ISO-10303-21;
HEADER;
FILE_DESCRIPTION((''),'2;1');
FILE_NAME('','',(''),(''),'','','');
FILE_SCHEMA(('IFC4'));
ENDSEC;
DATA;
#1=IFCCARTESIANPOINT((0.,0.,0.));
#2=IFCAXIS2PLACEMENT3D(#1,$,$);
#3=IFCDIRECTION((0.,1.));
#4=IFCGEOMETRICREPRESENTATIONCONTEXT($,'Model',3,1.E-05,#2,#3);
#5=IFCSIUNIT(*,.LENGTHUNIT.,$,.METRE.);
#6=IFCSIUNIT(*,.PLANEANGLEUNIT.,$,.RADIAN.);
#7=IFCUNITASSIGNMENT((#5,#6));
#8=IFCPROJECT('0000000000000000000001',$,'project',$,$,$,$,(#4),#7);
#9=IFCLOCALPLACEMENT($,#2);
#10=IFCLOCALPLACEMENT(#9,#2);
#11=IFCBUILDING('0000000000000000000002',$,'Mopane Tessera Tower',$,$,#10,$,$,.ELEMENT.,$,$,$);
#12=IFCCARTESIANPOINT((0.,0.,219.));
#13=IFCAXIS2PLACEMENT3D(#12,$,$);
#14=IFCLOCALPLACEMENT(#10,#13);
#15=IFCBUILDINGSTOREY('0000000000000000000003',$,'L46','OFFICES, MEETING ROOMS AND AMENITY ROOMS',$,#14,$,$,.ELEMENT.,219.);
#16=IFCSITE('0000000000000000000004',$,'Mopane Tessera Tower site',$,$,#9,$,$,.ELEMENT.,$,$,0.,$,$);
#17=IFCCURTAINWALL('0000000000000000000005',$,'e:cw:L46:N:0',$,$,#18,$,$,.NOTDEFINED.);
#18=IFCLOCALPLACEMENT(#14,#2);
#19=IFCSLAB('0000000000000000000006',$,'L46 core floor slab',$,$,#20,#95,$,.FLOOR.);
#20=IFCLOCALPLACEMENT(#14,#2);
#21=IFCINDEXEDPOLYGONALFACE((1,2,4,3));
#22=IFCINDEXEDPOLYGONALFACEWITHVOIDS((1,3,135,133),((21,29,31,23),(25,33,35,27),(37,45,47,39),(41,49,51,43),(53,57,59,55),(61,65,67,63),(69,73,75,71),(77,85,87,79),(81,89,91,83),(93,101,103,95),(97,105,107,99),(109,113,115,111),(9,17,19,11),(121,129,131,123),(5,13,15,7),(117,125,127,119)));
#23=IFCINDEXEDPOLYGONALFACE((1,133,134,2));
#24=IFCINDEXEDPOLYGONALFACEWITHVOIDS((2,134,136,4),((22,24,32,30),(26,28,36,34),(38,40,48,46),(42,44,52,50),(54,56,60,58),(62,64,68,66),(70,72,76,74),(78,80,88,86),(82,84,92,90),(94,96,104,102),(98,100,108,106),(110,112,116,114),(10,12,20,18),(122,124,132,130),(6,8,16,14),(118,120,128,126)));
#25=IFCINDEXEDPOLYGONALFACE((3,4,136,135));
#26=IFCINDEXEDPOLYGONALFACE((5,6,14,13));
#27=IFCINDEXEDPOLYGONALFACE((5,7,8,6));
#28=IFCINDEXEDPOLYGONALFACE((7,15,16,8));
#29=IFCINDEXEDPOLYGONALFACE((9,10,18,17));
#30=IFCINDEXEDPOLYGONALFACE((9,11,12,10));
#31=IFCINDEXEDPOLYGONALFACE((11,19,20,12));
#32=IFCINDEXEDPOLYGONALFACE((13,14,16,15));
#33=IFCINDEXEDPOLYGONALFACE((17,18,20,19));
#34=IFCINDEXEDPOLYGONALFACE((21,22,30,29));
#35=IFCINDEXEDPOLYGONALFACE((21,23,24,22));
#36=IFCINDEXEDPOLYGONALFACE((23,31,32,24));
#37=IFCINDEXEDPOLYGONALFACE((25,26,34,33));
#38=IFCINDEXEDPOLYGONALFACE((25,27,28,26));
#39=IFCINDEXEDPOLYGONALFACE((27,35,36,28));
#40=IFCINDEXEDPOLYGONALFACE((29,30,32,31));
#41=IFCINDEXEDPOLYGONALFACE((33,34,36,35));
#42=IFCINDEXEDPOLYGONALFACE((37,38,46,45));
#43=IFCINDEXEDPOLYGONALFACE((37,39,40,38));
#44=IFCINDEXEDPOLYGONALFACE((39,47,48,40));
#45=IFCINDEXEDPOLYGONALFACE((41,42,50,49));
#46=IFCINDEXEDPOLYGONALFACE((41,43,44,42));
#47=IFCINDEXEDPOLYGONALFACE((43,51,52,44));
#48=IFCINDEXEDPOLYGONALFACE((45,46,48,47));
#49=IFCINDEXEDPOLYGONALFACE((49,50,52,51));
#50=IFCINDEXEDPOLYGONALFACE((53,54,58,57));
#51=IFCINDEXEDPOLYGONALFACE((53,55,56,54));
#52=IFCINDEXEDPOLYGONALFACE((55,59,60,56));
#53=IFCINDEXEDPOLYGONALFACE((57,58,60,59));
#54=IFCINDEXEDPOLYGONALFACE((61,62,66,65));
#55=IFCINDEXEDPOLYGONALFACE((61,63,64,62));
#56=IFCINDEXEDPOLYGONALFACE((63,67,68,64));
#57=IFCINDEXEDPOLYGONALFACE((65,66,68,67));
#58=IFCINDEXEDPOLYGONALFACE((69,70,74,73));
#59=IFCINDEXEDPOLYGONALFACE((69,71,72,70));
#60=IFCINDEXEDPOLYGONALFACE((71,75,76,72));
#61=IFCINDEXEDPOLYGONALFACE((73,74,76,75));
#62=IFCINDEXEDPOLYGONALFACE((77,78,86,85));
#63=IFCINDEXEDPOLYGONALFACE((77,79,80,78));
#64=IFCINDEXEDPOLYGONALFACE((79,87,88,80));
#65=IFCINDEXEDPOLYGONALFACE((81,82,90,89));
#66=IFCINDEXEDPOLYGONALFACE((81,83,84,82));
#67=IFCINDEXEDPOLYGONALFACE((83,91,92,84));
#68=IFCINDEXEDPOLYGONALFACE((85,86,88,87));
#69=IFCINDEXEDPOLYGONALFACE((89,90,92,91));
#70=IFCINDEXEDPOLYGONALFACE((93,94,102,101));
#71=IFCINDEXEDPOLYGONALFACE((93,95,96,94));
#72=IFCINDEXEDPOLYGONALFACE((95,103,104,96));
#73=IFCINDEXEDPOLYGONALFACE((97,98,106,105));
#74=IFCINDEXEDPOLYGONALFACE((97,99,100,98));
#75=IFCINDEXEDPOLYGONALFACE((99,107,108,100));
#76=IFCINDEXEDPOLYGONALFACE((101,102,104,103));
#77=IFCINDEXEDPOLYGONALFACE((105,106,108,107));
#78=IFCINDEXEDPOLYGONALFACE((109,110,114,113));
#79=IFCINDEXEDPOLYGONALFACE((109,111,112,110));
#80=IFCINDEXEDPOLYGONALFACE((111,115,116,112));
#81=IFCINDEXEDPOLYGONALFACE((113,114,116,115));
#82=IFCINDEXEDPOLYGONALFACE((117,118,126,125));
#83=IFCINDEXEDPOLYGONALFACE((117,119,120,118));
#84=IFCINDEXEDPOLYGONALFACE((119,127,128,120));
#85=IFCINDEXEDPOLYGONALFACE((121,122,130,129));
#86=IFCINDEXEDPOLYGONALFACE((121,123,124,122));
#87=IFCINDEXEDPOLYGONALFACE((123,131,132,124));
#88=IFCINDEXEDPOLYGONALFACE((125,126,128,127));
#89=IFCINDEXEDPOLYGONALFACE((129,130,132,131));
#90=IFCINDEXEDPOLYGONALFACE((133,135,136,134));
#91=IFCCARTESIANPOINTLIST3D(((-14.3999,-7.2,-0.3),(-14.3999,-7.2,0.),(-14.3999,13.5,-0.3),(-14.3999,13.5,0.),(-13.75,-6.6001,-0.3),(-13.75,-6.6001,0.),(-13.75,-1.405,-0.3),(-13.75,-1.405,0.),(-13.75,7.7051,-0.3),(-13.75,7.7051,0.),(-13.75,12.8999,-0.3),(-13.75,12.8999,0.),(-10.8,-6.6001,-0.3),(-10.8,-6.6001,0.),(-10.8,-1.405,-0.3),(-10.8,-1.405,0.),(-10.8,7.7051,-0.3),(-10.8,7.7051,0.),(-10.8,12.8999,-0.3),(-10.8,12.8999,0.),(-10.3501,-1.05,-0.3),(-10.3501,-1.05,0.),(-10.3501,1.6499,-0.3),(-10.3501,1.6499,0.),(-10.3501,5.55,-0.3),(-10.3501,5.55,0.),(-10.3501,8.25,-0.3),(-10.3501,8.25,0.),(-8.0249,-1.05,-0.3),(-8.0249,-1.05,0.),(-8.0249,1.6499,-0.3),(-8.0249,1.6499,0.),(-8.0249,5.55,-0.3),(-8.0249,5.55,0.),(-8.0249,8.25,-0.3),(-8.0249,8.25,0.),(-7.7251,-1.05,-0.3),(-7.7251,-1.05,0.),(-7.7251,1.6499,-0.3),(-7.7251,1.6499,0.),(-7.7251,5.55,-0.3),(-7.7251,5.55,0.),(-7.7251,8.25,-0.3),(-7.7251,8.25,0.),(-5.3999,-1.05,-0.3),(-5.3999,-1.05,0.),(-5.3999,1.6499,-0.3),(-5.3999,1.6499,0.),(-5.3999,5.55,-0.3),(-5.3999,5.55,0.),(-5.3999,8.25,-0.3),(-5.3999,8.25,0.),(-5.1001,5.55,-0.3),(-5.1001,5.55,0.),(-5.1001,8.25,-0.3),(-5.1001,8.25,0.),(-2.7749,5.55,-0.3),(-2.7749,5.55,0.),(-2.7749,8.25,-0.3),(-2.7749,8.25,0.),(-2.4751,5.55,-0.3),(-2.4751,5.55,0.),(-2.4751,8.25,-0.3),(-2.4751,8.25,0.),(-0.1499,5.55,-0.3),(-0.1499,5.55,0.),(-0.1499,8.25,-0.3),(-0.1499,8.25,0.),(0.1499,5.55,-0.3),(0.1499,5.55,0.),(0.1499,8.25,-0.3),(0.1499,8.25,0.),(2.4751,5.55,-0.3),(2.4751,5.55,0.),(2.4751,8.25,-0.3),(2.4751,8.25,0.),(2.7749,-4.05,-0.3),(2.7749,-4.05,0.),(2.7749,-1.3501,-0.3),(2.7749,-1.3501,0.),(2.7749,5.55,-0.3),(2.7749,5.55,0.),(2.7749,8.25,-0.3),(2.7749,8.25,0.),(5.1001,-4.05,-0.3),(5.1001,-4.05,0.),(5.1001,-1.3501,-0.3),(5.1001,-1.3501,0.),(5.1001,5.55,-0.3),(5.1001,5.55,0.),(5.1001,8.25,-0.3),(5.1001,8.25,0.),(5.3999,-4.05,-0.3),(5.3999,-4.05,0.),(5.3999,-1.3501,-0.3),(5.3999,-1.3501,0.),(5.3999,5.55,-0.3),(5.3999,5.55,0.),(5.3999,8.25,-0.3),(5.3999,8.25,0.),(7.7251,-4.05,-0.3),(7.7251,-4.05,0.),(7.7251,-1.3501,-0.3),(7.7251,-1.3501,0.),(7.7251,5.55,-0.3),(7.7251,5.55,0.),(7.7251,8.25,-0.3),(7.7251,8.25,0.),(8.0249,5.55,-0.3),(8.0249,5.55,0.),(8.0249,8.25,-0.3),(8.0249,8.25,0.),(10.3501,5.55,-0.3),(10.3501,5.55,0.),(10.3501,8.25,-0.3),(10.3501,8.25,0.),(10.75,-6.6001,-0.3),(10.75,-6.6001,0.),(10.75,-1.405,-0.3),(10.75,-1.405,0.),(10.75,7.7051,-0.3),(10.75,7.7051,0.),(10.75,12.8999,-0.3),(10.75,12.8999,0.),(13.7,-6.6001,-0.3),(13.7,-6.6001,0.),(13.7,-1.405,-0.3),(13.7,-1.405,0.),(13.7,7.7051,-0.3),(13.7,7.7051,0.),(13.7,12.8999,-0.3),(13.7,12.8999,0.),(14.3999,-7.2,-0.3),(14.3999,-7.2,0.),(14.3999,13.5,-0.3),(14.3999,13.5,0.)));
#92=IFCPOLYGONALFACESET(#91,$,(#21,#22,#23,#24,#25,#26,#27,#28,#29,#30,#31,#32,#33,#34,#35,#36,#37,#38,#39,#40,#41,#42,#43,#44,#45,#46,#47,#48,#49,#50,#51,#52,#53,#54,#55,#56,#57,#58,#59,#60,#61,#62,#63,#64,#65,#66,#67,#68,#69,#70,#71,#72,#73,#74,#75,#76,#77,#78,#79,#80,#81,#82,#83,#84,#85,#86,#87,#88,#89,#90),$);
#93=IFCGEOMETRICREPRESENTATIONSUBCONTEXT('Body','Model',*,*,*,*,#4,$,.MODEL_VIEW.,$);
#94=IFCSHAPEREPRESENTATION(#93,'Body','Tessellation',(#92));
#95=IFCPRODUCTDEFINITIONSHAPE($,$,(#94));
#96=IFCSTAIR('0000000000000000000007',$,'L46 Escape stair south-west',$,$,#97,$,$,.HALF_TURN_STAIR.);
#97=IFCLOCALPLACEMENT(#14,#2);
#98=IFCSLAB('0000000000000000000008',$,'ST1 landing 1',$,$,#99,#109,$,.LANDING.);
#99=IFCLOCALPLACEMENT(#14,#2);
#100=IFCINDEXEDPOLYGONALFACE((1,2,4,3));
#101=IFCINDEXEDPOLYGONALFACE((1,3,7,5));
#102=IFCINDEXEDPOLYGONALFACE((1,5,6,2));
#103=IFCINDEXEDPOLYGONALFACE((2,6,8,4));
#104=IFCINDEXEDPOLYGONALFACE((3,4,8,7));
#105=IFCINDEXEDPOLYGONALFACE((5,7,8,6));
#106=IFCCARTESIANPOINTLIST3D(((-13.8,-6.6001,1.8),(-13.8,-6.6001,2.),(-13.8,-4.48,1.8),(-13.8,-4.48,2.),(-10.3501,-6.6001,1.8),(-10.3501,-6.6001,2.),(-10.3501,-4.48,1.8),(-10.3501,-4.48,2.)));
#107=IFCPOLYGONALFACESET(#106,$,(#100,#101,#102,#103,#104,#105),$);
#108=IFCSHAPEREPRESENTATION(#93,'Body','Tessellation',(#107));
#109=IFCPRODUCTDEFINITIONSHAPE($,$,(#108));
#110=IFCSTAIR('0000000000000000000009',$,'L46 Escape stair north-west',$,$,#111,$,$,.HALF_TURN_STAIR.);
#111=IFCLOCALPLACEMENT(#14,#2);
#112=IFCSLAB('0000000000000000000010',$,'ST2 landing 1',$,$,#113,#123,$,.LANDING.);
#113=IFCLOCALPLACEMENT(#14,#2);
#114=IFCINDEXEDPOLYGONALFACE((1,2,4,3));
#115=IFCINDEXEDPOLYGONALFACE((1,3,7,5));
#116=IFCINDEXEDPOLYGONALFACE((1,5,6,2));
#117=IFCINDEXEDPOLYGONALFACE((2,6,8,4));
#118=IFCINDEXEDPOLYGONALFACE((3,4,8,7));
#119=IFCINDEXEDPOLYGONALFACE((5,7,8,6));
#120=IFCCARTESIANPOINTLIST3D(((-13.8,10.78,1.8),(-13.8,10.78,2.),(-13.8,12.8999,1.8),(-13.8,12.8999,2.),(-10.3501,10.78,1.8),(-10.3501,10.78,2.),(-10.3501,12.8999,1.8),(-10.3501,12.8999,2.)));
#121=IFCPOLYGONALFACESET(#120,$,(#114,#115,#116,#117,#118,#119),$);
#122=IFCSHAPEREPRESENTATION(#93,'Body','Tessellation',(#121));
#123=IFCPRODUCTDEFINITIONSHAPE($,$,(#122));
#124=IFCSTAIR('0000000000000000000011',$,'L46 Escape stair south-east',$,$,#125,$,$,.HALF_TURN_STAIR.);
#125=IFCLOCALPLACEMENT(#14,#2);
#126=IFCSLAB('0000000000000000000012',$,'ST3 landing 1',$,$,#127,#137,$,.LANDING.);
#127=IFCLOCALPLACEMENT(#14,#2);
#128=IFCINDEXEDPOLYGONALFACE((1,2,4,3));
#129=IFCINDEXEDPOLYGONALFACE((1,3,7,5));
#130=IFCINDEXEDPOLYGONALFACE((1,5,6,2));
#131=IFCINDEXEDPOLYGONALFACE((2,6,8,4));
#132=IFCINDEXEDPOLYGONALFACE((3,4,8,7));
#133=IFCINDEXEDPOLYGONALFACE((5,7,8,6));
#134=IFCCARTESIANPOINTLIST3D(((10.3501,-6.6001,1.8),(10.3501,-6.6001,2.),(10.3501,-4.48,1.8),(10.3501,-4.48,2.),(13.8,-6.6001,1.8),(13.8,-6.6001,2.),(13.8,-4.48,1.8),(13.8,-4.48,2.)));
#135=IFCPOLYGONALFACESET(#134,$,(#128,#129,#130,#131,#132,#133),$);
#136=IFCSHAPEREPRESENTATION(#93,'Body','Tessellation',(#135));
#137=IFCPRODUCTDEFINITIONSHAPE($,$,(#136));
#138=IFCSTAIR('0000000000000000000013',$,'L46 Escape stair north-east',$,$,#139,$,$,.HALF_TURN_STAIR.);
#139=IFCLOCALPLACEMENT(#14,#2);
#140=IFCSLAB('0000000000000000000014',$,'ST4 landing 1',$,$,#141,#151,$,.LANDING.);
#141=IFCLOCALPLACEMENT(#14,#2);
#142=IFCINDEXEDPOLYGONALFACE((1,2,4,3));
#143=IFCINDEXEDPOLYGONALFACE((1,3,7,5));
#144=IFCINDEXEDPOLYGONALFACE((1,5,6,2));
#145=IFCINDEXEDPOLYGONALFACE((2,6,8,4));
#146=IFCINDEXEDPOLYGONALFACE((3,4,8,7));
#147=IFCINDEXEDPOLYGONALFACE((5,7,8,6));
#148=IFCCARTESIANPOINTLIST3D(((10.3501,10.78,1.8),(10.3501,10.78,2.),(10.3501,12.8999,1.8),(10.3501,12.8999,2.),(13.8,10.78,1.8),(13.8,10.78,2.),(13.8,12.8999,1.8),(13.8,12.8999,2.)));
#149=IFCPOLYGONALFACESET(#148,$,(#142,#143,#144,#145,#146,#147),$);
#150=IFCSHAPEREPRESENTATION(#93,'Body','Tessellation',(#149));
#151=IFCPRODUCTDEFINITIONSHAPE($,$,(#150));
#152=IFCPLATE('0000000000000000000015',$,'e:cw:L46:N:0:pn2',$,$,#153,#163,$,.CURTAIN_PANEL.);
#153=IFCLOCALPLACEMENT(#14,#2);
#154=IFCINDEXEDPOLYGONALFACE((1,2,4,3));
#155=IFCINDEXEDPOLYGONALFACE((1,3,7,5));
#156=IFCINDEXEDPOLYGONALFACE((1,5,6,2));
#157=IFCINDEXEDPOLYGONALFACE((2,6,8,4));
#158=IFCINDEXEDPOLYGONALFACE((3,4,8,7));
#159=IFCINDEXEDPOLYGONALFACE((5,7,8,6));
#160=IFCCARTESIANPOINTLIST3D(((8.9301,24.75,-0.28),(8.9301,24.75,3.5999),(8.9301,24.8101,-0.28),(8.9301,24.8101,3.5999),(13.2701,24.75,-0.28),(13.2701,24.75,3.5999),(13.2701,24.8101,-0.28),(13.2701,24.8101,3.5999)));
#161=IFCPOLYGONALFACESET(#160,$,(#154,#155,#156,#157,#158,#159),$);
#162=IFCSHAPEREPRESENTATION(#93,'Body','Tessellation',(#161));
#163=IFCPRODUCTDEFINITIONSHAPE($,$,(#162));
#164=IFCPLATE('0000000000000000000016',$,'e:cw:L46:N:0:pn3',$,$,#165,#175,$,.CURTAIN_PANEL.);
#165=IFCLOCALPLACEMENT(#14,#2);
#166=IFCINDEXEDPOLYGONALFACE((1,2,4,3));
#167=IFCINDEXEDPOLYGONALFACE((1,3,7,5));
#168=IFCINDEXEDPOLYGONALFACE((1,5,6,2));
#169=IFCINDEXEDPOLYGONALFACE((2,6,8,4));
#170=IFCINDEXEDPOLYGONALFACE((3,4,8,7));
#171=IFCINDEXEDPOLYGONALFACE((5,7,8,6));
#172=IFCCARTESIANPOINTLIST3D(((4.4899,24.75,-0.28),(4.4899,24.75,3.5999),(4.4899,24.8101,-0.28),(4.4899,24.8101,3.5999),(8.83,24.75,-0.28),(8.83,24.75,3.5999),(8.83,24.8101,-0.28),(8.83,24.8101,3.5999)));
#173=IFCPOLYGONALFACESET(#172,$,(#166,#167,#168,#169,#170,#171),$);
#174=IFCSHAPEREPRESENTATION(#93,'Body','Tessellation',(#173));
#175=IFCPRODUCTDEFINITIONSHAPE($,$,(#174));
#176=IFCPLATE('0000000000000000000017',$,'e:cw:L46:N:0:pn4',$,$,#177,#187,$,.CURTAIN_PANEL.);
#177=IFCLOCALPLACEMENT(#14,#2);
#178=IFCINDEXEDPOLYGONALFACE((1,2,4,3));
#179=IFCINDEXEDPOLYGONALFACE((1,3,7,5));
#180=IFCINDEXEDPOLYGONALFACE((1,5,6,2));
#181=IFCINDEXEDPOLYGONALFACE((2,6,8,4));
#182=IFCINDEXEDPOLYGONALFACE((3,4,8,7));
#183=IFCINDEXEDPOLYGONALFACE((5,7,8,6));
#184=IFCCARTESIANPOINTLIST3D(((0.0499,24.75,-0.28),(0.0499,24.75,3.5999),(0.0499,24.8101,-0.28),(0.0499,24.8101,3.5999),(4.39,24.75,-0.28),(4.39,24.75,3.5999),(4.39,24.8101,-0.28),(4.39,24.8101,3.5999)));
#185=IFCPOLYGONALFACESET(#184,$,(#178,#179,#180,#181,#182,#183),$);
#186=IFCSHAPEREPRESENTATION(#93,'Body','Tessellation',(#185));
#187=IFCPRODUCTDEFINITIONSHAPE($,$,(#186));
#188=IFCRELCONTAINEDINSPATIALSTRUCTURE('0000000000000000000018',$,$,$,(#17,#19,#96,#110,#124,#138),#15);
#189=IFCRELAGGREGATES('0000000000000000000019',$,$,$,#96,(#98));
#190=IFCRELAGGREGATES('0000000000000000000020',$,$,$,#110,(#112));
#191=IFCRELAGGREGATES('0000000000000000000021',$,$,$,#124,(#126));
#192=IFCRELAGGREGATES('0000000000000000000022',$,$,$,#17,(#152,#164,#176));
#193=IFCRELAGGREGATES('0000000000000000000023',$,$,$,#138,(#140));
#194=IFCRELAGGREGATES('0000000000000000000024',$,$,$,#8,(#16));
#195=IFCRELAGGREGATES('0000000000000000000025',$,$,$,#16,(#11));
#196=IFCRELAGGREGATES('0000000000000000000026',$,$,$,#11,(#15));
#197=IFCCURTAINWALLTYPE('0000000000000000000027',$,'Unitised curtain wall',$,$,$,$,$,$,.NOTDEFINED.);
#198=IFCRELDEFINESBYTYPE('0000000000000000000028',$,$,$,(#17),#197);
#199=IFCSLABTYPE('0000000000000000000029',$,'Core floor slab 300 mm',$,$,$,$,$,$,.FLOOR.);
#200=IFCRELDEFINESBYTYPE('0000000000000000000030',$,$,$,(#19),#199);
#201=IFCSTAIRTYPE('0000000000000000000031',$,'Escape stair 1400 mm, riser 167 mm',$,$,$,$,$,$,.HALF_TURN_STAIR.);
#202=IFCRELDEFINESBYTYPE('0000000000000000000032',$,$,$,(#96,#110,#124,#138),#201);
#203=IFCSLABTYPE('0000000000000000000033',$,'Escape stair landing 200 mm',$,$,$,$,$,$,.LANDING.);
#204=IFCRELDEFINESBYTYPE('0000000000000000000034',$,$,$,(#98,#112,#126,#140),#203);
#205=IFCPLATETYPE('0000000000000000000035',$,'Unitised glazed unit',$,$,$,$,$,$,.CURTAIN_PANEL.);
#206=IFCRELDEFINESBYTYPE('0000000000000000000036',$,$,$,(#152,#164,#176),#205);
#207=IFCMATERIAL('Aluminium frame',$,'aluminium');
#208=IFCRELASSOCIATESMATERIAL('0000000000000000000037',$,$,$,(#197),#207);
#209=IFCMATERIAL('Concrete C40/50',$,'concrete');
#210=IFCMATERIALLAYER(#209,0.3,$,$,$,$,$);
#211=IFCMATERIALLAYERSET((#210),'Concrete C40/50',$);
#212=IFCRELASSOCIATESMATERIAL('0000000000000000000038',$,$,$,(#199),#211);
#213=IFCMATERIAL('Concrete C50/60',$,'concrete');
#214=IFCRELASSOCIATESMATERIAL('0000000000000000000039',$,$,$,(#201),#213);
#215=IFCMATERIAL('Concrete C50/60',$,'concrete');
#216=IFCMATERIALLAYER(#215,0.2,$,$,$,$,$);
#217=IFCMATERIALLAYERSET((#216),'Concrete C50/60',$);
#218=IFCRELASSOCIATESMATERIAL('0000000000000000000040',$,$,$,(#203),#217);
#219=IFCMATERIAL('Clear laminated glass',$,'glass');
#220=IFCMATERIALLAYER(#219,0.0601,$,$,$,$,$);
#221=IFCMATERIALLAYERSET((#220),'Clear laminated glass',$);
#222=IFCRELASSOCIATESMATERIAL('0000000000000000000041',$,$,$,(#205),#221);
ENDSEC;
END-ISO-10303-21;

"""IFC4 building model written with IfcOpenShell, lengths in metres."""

from ifc_helpers import new_model, si_unit, direction, frame, origin, origin_2d, place, context, subcontext, project, spatial, polyline, rectangle, outline, extrude, material, layer, layer_set, type_object, element, aggregate, save


model = new_model("IFC4")

# Units and contexts
model_context = context("Model", 3, precision=1e-05, world=origin(), true_north=direction((0.0, 1.0)))
body_context = subcontext(model_context, "Body", "Model", "MODEL_VIEW")
ifc_project = project(units=[si_unit("LENGTHUNIT", "METRE"), si_unit("PLANEANGLEUNIT", "RADIAN")], contexts=[model_context])

# Site, building, storey
site_placement = place(None, origin())
site = spatial("IfcSite", under=ifc_project, at=site_placement, Name="Mopane Tessera Tower site", CompositionType="ELEMENT", RefElevation=0.0)
building_placement = place(site_placement, origin())
building = spatial("IfcBuilding", under=site, at=building_placement, Name="Mopane Tessera Tower", CompositionType="ELEMENT")
storey_placement = place(building_placement, frame((0.0, 0.0, 219.0)))
storey = spatial("IfcBuildingStorey", under=building, at=storey_placement, Name="L46", Description="OFFICES, MEETING ROOMS AND AMENITY ROOMS", CompositionType="ELEMENT", Elevation=219.0)

# Curtain wall
ifc_material_1 = material(Name="Aluminium frame", Category="aluminium")
curtain_wall_type = type_object("IfcCurtainWallType", Name="Unitised curtain wall", PredefinedType="NOTDEFINED", material=ifc_material_1)
curtain_wall_1_placement = place(storey_placement, origin())
curtain_wall_1 = element("IfcCurtainWall", 1, at=curtain_wall_1_placement, inside=storey, type_object=curtain_wall_type, Name="e:cw:L46:N:0", PredefinedType="NOTDEFINED")

# Slab
ifc_material_2 = material(Name="Concrete C40/50", Category="concrete")
ifc_layer_1 = layer(ifc_material_2, 0.3)
ifc_layer_set_1 = layer_set([ifc_layer_1], Name="Concrete C40/50")
slab_type_1 = type_object("IfcSlabType", Name="Core floor slab 300 mm", PredefinedType="FLOOR", material=ifc_layer_set_1)
slab_1_placement = place(storey_placement, frame((0.0, 0.0, -0.3)))
element("IfcSlab", 2, at=slab_1_placement, inside=storey, type_object=slab_type_1, Name="L46 core floor slab", PredefinedType="FLOOR", context=body_context, shape_type="SweptSolid", body=[
    extrude(outline(polyline([(-14.3999, -7.2), (14.3999, -7.2), (14.3999, 13.5), (-14.3999, 13.5), (-14.3999, -7.2)]), holes=[polyline([(-10.3501, -1.05), (-8.0249, -1.05), (-8.0249, 1.6499), (-10.3501, 1.6499), (-10.3501, -1.05)]), polyline([(-7.7251, -1.05), (-5.3999, -1.05), (-5.3999, 1.6499), (-7.7251, 1.6499), (-7.7251, -1.05)]), polyline([(-10.3501, 5.55), (-8.0249, 5.55), (-8.0249, 8.25), (-10.3501, 8.25), (-10.3501, 5.55)]), polyline([(-7.7251, 5.55), (-5.3999, 5.55), (-5.3999, 8.25), (-7.7251, 8.25), (-7.7251, 5.55)]), polyline([(-5.1001, 5.55), (-2.7749, 5.55), (-2.7749, 8.25), (-5.1001, 8.25), (-5.1001, 5.55)]), polyline([(-2.4751, 5.55), (-0.1499, 5.55), (-0.1499, 8.25), (-2.4751, 8.25), (-2.4751, 5.55)]), polyline([(0.1499, 5.55), (2.4751, 5.55), (2.4751, 8.25), (0.1499, 8.25), (0.1499, 5.55)]), polyline([(2.7749, 5.55), (5.1001, 5.55), (5.1001, 8.25), (2.7749, 8.25), (2.7749, 5.55)]), polyline([(5.3999, 5.55), (7.7251, 5.55), (7.7251, 8.25), (5.3999, 8.25), (5.3999, 5.55)]), polyline([(8.0249, 5.55), (10.3501, 5.55), (10.3501, 8.25), (8.0249, 8.25), (8.0249, 5.55)]), polyline([(2.7749, -4.05), (5.1001, -4.05), (5.1001, -1.3501), (2.7749, -1.3501), (2.7749, -4.05)]), polyline([(5.3999, -4.05), (7.7251, -4.05), (7.7251, -1.3501), (5.3999, -1.3501), (5.3999, -4.05)]), polyline([(-13.75, -1.405), (-13.75, -6.6001), (-10.8, -6.6001), (-10.8, -1.405), (-13.75, -1.405)]), polyline([(-10.8, 7.7051), (-10.8, 12.8999), (-13.75, 12.8999), (-13.75, 7.7051), (-10.8, 7.7051)]), polyline([(10.75, -1.405), (10.75, -6.6001), (13.7, -6.6001), (13.7, -1.405), (10.75, -1.405)]), polyline([(13.7, 7.7051), (13.7, 12.8999), (10.75, 12.8999), (10.75, 7.7051), (13.7, 7.7051)])]), origin(), (0.0, 0.0, 1.0), 0.3),
])

# Stairs, slabs
ifc_material_3 = material(Name="Concrete C50/60", Category="concrete")
stair_type = type_object("IfcStairType", Name="Escape stair 1400 mm, riser 167 mm", PredefinedType="HALF_TURN_STAIR", material=ifc_material_3)
stair_1_placement = place(storey_placement, origin())
stair_1 = element("IfcStair", 3, at=stair_1_placement, inside=storey, type_object=stair_type, Name="L46 Escape stair south-west", PredefinedType="HALF_TURN_STAIR")
ifc_material_4 = material(Name="Concrete C50/60", Category="concrete")
ifc_layer_2 = layer(ifc_material_4, 0.2)
ifc_layer_set_2 = layer_set([ifc_layer_2], Name="Concrete C50/60")
slab_type_2 = type_object("IfcSlabType", Name="Escape stair landing 200 mm", PredefinedType="LANDING", material=ifc_layer_set_2)
slab_2_placement = place(storey_placement, frame((0.0, 0.0, 1.8)))
slab_2 = element("IfcSlab", 4, at=slab_2_placement, type_object=slab_type_2, Name="ST1 landing 1", PredefinedType="LANDING", context=body_context, shape_type="SweptSolid", body=[
    extrude(outline(polyline([(-13.8, -4.48), (-13.8, -6.6001), (-10.3501, -6.6001), (-10.3501, -4.48), (-13.8, -4.48)])), origin(), (0.0, 0.0, 1.0), 0.2),
])
aggregate(stair_1, [slab_2])
stair_2_placement = place(storey_placement, origin())
stair_2 = element("IfcStair", 5, at=stair_2_placement, inside=storey, type_object=stair_type, Name="L46 Escape stair north-west", PredefinedType="HALF_TURN_STAIR")
slab_3_placement = place(storey_placement, frame((0.0, 0.0, 1.8)))
slab_3 = element("IfcSlab", 6, at=slab_3_placement, type_object=slab_type_2, Name="ST2 landing 1", PredefinedType="LANDING", context=body_context, shape_type="SweptSolid", body=[
    extrude(outline(polyline([(-10.3501, 10.78), (-10.3501, 12.8999), (-13.8, 12.8999), (-13.8, 10.78), (-10.3501, 10.78)])), origin(), (0.0, 0.0, 1.0), 0.2),
])
aggregate(stair_2, [slab_3])
stair_3_placement = place(storey_placement, origin())
stair_3 = element("IfcStair", 7, at=stair_3_placement, inside=storey, type_object=stair_type, Name="L46 Escape stair south-east", PredefinedType="HALF_TURN_STAIR")
slab_4_placement = place(storey_placement, frame((0.0, 0.0, 1.8)))
slab_4 = element("IfcSlab", 8, at=slab_4_placement, type_object=slab_type_2, Name="ST3 landing 1", PredefinedType="LANDING", context=body_context, shape_type="SweptSolid", body=[
    extrude(outline(polyline([(10.3501, -4.48), (10.3501, -6.6001), (13.8, -6.6001), (13.8, -4.48), (10.3501, -4.48)])), origin(), (0.0, 0.0, 1.0), 0.2),
])
aggregate(stair_3, [slab_4])
stair_4_placement = place(storey_placement, origin())
stair_4 = element("IfcStair", 9, at=stair_4_placement, inside=storey, type_object=stair_type, Name="L46 Escape stair north-east", PredefinedType="HALF_TURN_STAIR")
slab_5_placement = place(storey_placement, frame((0.0, 0.0, 1.8)))
slab_5 = element("IfcSlab", 10, at=slab_5_placement, type_object=slab_type_2, Name="ST4 landing 1", PredefinedType="LANDING", context=body_context, shape_type="SweptSolid", body=[
    extrude(outline(polyline([(13.8, 10.78), (13.8, 12.8999), (10.3501, 12.8999), (10.3501, 10.78), (13.8, 10.78)])), origin(), (0.0, 0.0, 1.0), 0.2),
])

# Plates
ifc_material_5 = material(Name="Clear laminated glass", Category="glass")
ifc_layer_3 = layer(ifc_material_5, 0.0601)
ifc_layer_set_3 = layer_set([ifc_layer_3], Name="Clear laminated glass")
plate_type = type_object("IfcPlateType", Name="Unitised glazed unit", PredefinedType="CURTAIN_PANEL", material=ifc_layer_set_3)
plate_1_placement = place(storey_placement, frame((11.1001, 24.78, -0.28), z_axis=(0.0, 0.0, 1.0), x_axis=(-1.0, 0.0, 0.0)))
plate_1 = element("IfcPlate", 11, at=plate_1_placement, type_object=plate_type, Name="e:cw:L46:N:0:pn2", PredefinedType="CURTAIN_PANEL", context=body_context, shape_type="SweptSolid", body=[
    extrude(rectangle(XDim=4.3401, YDim=0.0601, at=origin_2d()), origin(), (0.0, 0.0, 1.0), 3.8799),
])
plate_2_placement = place(storey_placement, frame((6.6599, 24.78, -0.28), z_axis=(0.0, 0.0, 1.0), x_axis=(-1.0, 0.0, 0.0)))
plate_2 = element("IfcPlate", 12, at=plate_2_placement, type_object=plate_type, Name="e:cw:L46:N:0:pn3", PredefinedType="CURTAIN_PANEL", context=body_context, shape_type="SweptSolid", body=[
    extrude(rectangle(XDim=4.3401, YDim=0.0601, at=origin_2d()), origin(), (0.0, 0.0, 1.0), 3.8799),
])
plate_3_placement = place(storey_placement, frame((2.22, 24.78, -0.28), z_axis=(0.0, 0.0, 1.0), x_axis=(-1.0, 0.0, 0.0)))
plate_3 = element("IfcPlate", 13, at=plate_3_placement, type_object=plate_type, Name="e:cw:L46:N:0:pn4", PredefinedType="CURTAIN_PANEL", context=body_context, shape_type="SweptSolid", body=[
    extrude(rectangle(XDim=4.3401, YDim=0.0601, at=origin_2d()), origin(), (0.0, 0.0, 1.0), 3.8799),
])
aggregate(curtain_wall_1, [plate_1, plate_2, plate_3])

aggregate(stair_4, [slab_5])

save(model, "model.ifc")
